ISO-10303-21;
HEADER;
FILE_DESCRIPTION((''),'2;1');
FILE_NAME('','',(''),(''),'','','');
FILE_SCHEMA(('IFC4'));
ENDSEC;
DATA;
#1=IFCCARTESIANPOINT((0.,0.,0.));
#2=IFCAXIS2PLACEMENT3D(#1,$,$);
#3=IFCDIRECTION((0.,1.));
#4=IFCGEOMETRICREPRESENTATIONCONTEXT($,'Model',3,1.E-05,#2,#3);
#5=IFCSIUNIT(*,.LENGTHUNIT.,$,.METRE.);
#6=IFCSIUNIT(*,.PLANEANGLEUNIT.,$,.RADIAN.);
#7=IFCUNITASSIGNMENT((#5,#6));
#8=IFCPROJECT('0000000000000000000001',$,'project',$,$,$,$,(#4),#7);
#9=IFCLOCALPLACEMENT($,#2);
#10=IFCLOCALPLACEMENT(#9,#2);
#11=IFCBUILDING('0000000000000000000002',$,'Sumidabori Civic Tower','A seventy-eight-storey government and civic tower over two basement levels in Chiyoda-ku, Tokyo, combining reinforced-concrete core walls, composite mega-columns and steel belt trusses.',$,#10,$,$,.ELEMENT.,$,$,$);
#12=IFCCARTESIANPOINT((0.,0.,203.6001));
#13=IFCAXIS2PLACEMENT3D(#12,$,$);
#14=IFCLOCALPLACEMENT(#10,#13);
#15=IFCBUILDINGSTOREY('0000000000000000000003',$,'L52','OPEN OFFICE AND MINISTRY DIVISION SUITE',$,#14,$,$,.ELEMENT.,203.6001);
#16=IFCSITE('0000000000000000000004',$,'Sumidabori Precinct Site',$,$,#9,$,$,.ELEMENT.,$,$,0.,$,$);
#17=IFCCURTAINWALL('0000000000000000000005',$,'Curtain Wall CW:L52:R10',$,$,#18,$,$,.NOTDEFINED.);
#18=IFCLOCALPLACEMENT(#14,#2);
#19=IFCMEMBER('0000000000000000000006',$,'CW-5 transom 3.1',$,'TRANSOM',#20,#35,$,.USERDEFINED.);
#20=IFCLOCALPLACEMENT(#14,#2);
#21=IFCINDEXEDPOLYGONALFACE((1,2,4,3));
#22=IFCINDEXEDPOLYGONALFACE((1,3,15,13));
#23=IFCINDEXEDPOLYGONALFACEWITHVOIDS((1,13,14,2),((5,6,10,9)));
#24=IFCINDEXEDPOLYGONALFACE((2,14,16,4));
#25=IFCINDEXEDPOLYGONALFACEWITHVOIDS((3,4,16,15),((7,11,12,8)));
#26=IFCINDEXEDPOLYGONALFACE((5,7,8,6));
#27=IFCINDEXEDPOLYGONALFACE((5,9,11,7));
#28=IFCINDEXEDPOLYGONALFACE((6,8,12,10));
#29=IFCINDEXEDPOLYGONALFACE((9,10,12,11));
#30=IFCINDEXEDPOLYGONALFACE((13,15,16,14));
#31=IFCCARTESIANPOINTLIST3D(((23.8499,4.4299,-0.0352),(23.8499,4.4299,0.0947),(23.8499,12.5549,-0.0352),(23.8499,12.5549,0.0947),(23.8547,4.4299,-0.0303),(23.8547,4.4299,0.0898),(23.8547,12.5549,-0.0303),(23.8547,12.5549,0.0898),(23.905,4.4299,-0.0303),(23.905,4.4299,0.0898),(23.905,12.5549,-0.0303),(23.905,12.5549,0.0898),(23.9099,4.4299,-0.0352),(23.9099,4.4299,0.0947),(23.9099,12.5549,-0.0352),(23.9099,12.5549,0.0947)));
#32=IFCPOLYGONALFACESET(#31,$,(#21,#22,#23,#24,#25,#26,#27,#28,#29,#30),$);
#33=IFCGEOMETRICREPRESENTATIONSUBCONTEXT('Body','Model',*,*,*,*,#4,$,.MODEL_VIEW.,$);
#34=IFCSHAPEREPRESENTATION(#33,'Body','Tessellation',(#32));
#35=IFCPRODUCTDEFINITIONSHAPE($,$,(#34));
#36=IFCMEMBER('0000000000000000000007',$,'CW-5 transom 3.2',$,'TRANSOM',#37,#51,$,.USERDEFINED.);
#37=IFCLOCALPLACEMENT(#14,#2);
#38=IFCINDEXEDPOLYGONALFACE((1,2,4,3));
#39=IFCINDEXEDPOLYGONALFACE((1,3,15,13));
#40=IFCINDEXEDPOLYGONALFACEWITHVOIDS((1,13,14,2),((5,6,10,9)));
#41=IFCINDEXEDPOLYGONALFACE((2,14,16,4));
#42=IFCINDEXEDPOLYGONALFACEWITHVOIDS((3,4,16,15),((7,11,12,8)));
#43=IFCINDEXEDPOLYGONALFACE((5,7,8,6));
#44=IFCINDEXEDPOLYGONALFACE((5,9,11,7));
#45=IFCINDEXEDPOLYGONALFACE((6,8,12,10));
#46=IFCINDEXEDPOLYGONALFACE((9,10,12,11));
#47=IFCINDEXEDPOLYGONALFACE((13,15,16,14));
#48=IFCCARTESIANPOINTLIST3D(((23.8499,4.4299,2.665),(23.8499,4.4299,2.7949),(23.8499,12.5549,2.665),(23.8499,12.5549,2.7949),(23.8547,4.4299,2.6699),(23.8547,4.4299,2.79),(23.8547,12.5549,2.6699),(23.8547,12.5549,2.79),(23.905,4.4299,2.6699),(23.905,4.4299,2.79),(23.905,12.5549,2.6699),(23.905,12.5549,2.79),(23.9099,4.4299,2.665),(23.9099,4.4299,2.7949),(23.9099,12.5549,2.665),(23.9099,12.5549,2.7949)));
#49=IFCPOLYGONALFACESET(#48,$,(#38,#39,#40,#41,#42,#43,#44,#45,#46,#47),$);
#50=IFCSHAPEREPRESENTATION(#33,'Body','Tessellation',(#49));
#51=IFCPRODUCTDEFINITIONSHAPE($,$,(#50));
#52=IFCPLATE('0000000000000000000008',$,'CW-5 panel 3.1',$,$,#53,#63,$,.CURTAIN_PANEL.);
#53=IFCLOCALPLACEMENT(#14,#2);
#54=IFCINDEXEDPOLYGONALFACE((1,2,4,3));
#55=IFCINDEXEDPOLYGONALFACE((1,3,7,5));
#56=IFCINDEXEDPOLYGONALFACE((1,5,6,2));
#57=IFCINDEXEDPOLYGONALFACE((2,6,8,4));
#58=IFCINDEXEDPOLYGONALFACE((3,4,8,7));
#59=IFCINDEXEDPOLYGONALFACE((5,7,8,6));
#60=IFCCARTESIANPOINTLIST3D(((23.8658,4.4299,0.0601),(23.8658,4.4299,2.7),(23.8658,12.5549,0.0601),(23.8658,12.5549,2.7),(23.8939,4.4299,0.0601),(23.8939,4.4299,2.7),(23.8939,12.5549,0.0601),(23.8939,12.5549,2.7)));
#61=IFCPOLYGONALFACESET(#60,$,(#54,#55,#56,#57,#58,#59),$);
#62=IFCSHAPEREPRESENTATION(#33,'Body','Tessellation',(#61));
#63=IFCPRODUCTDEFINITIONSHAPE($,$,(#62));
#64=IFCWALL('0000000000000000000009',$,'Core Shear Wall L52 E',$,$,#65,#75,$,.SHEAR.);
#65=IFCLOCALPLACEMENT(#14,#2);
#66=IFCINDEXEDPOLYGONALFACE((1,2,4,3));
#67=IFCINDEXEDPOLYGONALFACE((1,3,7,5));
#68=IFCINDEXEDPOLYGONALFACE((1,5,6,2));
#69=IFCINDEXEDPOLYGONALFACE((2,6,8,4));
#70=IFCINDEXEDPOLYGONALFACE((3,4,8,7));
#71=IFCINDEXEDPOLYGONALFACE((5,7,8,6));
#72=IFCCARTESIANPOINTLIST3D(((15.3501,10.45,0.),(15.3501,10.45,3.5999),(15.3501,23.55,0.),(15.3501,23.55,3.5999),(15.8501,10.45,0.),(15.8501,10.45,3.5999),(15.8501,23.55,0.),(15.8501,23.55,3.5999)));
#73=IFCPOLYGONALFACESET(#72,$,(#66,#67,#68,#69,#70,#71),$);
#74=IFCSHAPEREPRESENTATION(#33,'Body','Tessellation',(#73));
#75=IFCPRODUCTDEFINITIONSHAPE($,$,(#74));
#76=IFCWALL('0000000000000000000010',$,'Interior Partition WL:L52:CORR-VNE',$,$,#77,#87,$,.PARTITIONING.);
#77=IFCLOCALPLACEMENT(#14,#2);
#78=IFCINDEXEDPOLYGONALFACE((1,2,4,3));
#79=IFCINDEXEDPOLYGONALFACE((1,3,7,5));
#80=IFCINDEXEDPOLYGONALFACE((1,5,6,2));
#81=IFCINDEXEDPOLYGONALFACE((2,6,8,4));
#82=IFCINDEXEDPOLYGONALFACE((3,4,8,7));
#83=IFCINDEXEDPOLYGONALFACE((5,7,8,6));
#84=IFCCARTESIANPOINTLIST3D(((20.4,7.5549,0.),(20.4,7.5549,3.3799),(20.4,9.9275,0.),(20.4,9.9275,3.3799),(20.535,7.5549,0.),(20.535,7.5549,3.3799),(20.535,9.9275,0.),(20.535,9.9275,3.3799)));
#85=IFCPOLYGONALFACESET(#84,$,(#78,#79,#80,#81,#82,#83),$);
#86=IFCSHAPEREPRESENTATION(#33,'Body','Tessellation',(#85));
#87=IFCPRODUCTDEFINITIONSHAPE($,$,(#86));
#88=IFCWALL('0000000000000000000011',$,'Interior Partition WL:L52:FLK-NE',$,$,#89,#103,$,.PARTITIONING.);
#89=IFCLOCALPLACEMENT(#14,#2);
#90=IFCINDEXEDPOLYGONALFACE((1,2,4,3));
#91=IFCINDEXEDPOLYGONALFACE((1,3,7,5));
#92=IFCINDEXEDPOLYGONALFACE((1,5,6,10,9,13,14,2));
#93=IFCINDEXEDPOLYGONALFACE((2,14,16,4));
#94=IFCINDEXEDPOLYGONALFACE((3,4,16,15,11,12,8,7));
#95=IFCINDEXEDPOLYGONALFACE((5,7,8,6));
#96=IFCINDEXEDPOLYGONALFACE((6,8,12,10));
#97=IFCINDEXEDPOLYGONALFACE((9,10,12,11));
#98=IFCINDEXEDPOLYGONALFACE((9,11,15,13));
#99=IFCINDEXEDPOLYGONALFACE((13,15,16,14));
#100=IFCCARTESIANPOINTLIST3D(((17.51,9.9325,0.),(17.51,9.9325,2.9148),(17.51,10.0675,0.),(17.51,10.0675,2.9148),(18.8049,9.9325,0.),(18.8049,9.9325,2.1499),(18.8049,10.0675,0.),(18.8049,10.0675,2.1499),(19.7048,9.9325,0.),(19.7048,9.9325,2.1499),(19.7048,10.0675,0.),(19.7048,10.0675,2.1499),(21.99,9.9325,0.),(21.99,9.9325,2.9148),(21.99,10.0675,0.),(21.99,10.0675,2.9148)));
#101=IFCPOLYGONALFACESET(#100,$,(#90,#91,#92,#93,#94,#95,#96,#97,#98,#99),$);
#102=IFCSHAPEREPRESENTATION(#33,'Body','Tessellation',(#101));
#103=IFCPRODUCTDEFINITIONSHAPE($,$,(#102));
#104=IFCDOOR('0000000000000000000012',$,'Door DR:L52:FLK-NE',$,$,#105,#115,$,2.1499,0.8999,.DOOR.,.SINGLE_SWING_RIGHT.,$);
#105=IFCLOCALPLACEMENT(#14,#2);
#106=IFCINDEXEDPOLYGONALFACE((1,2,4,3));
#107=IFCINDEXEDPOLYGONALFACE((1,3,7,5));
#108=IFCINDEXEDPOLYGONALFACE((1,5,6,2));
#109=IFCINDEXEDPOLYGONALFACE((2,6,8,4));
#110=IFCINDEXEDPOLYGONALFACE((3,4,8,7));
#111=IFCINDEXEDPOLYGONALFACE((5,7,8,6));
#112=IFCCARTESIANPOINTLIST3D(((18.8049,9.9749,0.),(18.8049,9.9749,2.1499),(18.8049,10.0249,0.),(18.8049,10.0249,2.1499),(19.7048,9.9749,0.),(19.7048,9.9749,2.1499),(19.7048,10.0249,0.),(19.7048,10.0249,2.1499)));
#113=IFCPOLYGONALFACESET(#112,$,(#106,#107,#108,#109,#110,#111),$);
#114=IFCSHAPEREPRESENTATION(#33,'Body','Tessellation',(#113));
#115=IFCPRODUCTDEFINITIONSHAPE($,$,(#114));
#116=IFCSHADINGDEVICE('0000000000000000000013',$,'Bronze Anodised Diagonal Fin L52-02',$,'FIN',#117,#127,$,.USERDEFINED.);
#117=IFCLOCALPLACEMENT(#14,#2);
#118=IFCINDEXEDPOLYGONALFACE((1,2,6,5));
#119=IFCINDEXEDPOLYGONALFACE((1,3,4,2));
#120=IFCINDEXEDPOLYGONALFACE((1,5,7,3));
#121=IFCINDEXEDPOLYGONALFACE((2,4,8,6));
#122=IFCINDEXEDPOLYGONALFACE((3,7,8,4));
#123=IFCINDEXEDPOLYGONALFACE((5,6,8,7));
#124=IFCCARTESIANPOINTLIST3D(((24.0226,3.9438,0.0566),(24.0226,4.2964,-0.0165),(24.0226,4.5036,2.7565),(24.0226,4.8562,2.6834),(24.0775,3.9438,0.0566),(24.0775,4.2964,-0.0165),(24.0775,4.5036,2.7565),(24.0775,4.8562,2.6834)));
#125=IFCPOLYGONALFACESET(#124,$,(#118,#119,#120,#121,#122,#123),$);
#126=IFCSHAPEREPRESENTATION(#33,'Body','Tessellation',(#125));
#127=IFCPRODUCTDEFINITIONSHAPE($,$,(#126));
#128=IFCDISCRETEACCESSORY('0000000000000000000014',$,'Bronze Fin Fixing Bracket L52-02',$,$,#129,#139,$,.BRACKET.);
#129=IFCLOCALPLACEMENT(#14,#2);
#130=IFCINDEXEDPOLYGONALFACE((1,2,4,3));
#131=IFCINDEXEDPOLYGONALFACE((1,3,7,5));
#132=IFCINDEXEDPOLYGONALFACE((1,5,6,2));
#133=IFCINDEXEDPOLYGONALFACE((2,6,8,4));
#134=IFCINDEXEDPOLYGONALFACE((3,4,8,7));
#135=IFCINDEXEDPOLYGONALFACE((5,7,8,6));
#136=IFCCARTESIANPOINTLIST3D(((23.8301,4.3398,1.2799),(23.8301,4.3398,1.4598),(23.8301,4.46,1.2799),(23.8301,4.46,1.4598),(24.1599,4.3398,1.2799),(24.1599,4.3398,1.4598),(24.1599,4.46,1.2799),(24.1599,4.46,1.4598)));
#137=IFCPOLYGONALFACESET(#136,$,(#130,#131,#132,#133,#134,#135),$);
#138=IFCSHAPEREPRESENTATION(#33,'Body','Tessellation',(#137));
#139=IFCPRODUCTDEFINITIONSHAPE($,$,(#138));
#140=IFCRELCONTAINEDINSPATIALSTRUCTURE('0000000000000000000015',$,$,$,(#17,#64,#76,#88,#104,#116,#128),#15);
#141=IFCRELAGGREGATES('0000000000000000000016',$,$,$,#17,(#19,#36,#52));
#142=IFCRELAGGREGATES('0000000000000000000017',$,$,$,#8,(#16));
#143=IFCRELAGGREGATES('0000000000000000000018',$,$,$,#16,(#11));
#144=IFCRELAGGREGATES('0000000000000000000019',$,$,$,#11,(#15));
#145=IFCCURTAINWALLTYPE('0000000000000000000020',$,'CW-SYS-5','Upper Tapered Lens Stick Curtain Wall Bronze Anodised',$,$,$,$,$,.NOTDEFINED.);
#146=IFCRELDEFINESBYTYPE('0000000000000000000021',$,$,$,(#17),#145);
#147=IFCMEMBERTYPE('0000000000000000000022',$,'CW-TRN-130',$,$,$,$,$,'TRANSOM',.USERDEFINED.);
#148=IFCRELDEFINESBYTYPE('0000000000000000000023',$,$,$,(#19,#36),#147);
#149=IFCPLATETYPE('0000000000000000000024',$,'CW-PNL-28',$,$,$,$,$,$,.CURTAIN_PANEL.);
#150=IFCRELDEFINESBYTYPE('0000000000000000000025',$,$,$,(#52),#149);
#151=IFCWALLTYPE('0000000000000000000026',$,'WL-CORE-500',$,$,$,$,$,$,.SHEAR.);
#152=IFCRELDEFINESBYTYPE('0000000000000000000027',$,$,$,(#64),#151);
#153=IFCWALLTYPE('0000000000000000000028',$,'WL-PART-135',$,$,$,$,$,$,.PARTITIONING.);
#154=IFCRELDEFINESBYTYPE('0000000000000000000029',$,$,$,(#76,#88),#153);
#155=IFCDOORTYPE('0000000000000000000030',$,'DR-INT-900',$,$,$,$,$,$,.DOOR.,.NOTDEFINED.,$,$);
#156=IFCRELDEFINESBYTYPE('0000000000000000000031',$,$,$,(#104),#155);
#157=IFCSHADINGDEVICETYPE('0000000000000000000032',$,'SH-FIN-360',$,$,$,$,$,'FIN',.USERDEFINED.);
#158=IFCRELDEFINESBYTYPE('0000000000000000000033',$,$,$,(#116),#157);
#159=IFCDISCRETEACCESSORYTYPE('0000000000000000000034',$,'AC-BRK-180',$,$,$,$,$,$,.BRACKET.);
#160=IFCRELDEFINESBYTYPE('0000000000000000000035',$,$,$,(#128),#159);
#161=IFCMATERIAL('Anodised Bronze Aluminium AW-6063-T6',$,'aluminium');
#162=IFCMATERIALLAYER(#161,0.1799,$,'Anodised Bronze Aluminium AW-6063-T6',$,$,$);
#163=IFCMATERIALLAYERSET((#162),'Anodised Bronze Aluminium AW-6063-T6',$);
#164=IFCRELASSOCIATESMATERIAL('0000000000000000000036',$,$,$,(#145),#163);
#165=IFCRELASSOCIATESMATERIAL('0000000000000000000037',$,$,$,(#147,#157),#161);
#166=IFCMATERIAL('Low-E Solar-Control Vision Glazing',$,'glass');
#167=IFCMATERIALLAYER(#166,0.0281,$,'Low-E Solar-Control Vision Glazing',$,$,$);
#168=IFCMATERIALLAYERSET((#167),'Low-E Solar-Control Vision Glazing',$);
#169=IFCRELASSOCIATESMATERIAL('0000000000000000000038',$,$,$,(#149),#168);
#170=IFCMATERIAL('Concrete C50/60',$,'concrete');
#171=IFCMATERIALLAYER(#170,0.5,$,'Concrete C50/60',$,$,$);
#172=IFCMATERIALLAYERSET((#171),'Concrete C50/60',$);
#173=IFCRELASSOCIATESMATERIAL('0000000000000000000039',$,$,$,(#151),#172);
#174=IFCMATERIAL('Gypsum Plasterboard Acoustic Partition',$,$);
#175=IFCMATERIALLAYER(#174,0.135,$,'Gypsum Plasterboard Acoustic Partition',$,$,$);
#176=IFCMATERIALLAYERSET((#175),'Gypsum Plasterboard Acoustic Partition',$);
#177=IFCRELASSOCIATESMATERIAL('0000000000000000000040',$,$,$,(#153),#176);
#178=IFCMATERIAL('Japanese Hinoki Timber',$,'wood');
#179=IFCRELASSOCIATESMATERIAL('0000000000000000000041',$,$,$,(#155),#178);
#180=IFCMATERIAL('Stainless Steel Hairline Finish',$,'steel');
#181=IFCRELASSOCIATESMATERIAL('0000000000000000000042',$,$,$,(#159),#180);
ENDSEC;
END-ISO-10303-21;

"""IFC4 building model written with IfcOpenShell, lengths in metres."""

from ifc_helpers import new_model, si_unit, direction, frame, frame_2d, origin, origin_2d, place, context, subcontext, project, spatial, rectangle, hollow_rectangle, extrude, source, transform, mapped, material, layer, layer_set, material_profile, profile_set, type_object, element, fill, aggregate, save


model = new_model("IFC4")

# Units and contexts
model_context = context("Model", 3, precision=1e-05, world=origin(), true_north=direction((0.0, 1.0)))
body_context = subcontext(model_context, "Body", "Model", "MODEL_VIEW")
ifc_project = project(units=[si_unit("LENGTHUNIT", "METRE"), si_unit("PLANEANGLEUNIT", "RADIAN")], contexts=[model_context])

# Site, building, storey
site_placement = place(None, origin())
site = spatial("IfcSite", under=ifc_project, at=site_placement, Name="Sumidabori Precinct Site", CompositionType="ELEMENT", RefElevation=0.0)
building_placement = place(site_placement, origin())
building = spatial("IfcBuilding", under=site, at=building_placement, Name="Sumidabori Civic Tower", Description="A seventy-eight-storey government and civic tower over two basement levels in Chiyoda-ku, Tokyo, combining reinforced-concrete core walls, composite mega-columns and steel belt trusses.", CompositionType="ELEMENT")
storey_placement = place(building_placement, frame((0.0, 0.0, 203.6001)))
storey = spatial("IfcBuildingStorey", under=building, at=storey_placement, Name="L52", Description="OPEN OFFICE AND MINISTRY DIVISION SUITE", CompositionType="ELEMENT", Elevation=203.6001)

# Curtain wall, members, plate
ifc_material_1 = material(Name="Anodised Bronze Aluminium AW-6063-T6", Category="aluminium")
ifc_layer_1 = layer(ifc_material_1, 0.1799, Name="Anodised Bronze Aluminium AW-6063-T6")
ifc_layer_set_1 = layer_set([ifc_layer_1], Name="Anodised Bronze Aluminium AW-6063-T6")
curtain_wall_type = type_object("IfcCurtainWallType", Name="CW-SYS-5", Description="Upper Tapered Lens Stick Curtain Wall Bronze Anodised", PredefinedType="NOTDEFINED", material=ifc_layer_set_1)
curtain_wall_placement = place(storey_placement, origin())
curtain_wall = element("IfcCurtainWall", 1, at=curtain_wall_placement, inside=storey, type_object=curtain_wall_type, Name="Curtain Wall CW:L52:R10", PredefinedType="NOTDEFINED")
ifc_material_profile_1 = material_profile(ifc_material_1, hollow_rectangle(XDim=0.0601, YDim=0.1299, WallThickness=0.0049, at=origin_2d()), Name="ALU TRANSOM 130x60")
ifc_profile_set_1 = profile_set([ifc_material_profile_1], Name="Anodised Bronze Aluminium AW-6063-T6")
member_type_1 = type_object("IfcMemberType", Name="CW-TRN-130", ElementType="TRANSOM", PredefinedType="USERDEFINED", material=ifc_profile_set_1)
shared_shape_1 = source(origin(), body_context, "Body", "SweptSolid", [
    extrude(hollow_rectangle(XDim=0.0601, YDim=0.1299, WallThickness=0.0049, at=origin_2d()), origin(), (0.0, 0.0, 1.0), 8.125),
])
member_1_placement = place(storey_placement, frame((23.8799, 4.4299, 0.0298), z_axis=(0.0, 1.0, 0.0), x_axis=(-1.0, 0.0, 0.0)))
member_1 = element("IfcMember", 2, at=member_1_placement, type_object=member_type_1, Name="CW-5 transom 3.1", ObjectType="TRANSOM", PredefinedType="USERDEFINED", context=body_context, shape_type="MappedRepresentation", body=[
    mapped(shared_shape_1, transform((0.0, 0.0, 0.0), x_axis=(1.0, 0.0, 0.0), y_axis=(0.0, 1.0, 0.0), z_axis=(0.0, 0.0, 1.0), scale=1.0)),
])
member_2_placement = place(storey_placement, frame((23.8799, 4.4299, 2.73), z_axis=(0.0, 1.0, 0.0), x_axis=(-1.0, 0.0, 0.0)))
member_2 = element("IfcMember", 3, at=member_2_placement, type_object=member_type_1, Name="CW-5 transom 3.2", ObjectType="TRANSOM", PredefinedType="USERDEFINED", context=body_context, shape_type="MappedRepresentation", body=[
    mapped(shared_shape_1, transform((0.0, 0.0, 0.0), x_axis=(1.0, 0.0, 0.0), y_axis=(0.0, 1.0, 0.0), z_axis=(0.0, 0.0, 1.0), scale=1.0)),
])
ifc_material_2 = material(Name="Low-E Solar-Control Vision Glazing", Category="glass")
ifc_layer_2 = layer(ifc_material_2, 0.0281, Name="Low-E Solar-Control Vision Glazing")
ifc_layer_set_2 = layer_set([ifc_layer_2], Name="Low-E Solar-Control Vision Glazing")
plate_type = type_object("IfcPlateType", Name="CW-PNL-28", PredefinedType="CURTAIN_PANEL", material=ifc_layer_set_2)
shared_shape_2 = source(origin(), body_context, "Body", "SweptSolid", [
    extrude(rectangle(XDim=8.125, YDim=0.0281, at=origin_2d()), origin(), (0.0, 0.0, 1.0), 2.6399),
])
plate_placement = place(storey_placement, frame((23.8799, 8.4924, 0.0601), z_axis=(0.0, 0.0, 1.0), x_axis=(0.0, 1.0, 0.0)))
plate = element("IfcPlate", 4, at=plate_placement, type_object=plate_type, Name="CW-5 panel 3.1", PredefinedType="CURTAIN_PANEL", context=body_context, shape_type="MappedRepresentation", body=[
    mapped(shared_shape_2, transform((0.0, 0.0, 0.0), x_axis=(1.0, 0.0, 0.0), y_axis=(0.0, 1.0, 0.0), z_axis=(0.0, 0.0, 1.0), scale=1.0)),
])
aggregate(curtain_wall, [member_1, member_2, plate])

# Wall
ifc_material_3 = material(Name="Concrete C50/60", Category="concrete")
ifc_layer_3 = layer(ifc_material_3, 0.5, Name="Concrete C50/60")
ifc_layer_set_3 = layer_set([ifc_layer_3], Name="Concrete C50/60")
wall_type_1 = type_object("IfcWallType", Name="WL-CORE-500", PredefinedType="SHEAR", material=ifc_layer_set_3)
shared_shape_3 = source(origin(), body_context, "Body", "SweptSolid", [
    extrude(rectangle(XDim=13.1001, YDim=0.5, at=frame_2d((6.55, 0.0))), origin(), (0.0, 0.0, 1.0), 3.5999),
])
wall_1_placement = place(storey_placement, frame((15.6001, 10.45, 0.0), z_axis=(0.0, 0.0, 1.0), x_axis=(0.0, 1.0, 0.0)))
element("IfcWall", 5, at=wall_1_placement, inside=storey, type_object=wall_type_1, Name="Core Shear Wall L52 E", PredefinedType="SHEAR", context=body_context, shape_type="MappedRepresentation", body=[
    mapped(shared_shape_3, transform((0.0, 0.0, 0.0), x_axis=(1.0, 0.0, 0.0), y_axis=(0.0, 1.0, 0.0), z_axis=(0.0, 0.0, 1.0), scale=1.0)),
])

# Shared definitions
ifc_material_4 = material(Name="Gypsum Plasterboard Acoustic Partition")
ifc_layer_4 = layer(ifc_material_4, 0.135, Name="Gypsum Plasterboard Acoustic Partition")
ifc_layer_set_4 = layer_set([ifc_layer_4], Name="Gypsum Plasterboard Acoustic Partition")
wall_type_2 = type_object("IfcWallType", Name="WL-PART-135", PredefinedType="PARTITIONING", material=ifc_layer_set_4)
ifc_material_5 = material(Name="Japanese Hinoki Timber", Category="wood")
door_type = type_object("IfcDoorType", Name="DR-INT-900", OperationType="NOTDEFINED", PredefinedType="DOOR", material=ifc_material_5)
shared_shape_4 = source(origin(), body_context, "Body", "SweptSolid", [
    extrude(rectangle(XDim=0.8999, YDim=2.1499, at=frame_2d((0.45, 1.075))), frame((0.0, 0.0249, 0.0), z_axis=(0.0, -1.0, 0.0), x_axis=(1.0, 0.0, 0.0)), (0.0, 0.0, 1.0), 0.05),
])

# Wall
shared_shape_5 = source(origin(), body_context, "Body", "SweptSolid", [
    extrude(rectangle(XDim=2.3726, YDim=0.135, at=frame_2d((1.1863, 0.0))), origin(), (0.0, 0.0, 1.0), 3.3799),
])
wall_2_placement = place(storey_placement, frame((20.4675, 7.5549, 0.0), z_axis=(0.0, 0.0, 1.0), x_axis=(0.0, 1.0, 0.0)))
element("IfcWall", 6, at=wall_2_placement, inside=storey, type_object=wall_type_2, Name="Interior Partition WL:L52:CORR-VNE", PredefinedType="PARTITIONING", context=body_context, shape_type="MappedRepresentation", body=[
    mapped(shared_shape_5, transform((0.0, 0.0, 0.0), x_axis=(1.0, 0.0, 0.0), y_axis=(0.0, 1.0, 0.0), z_axis=(0.0, 0.0, 1.0), scale=1.0)),
])

# Wall, opening, door
shared_shape_6 = source(origin(), body_context, "Body", "SweptSolid", [
    extrude(rectangle(XDim=4.48, YDim=0.135, at=frame_2d((2.24, 0.0))), origin(), (0.0, 0.0, 1.0), 2.9148),
])
wall_3_placement = place(storey_placement, frame((17.51, 10.0, 0.0), z_axis=(0.0, 0.0, 1.0), x_axis=(1.0, 0.0, 0.0)))
wall_3 = element("IfcWall", 7, at=wall_3_placement, inside=storey, type_object=wall_type_2, Name="Interior Partition WL:L52:FLK-NE", PredefinedType="PARTITIONING", context=body_context, shape_type="MappedRepresentation", body=[
    mapped(shared_shape_6, transform((0.0, 0.0, 0.0), x_axis=(1.0, 0.0, 0.0), y_axis=(0.0, 1.0, 0.0), z_axis=(0.0, 0.0, 1.0), scale=1.0)),
])
opening_1_placement = place(wall_3_placement, frame((1.2949, 0.0, 0.0)))
opening_1 = element("IfcOpeningElement", 8, at=opening_1_placement, cuts=wall_3, PredefinedType="OPENING", context=body_context, shape_type="SweptSolid", body=[
    extrude(rectangle(XDim=0.8999, YDim=2.1499, at=frame_2d((0.45, 1.075))), frame((0.0, 0.0796, 0.0), z_axis=(0.0, -1.0, 0.0), x_axis=(1.0, 0.0, 0.0)), (0.0, 0.0, 1.0), 0.1589),
])
door_1_placement = place(opening_1_placement, origin())
door_1 = element("IfcDoor", 9, at=door_1_placement, inside=storey, type_object=door_type, Name="Door DR:L52:FLK-NE", OperationType="SINGLE_SWING_RIGHT", OverallHeight=2.1499, OverallWidth=0.8999, PredefinedType="DOOR", context=body_context, shape_type="MappedRepresentation", body=[
    mapped(shared_shape_4, transform((0.0, 0.0, 0.0), x_axis=(1.0, 0.0, 0.0), y_axis=(0.0, 1.0, 0.0), z_axis=(0.0, 0.0, 1.0), scale=1.0)),
])
fill(opening_1, door_1)

# Shading device
ifc_material_profile_2 = material_profile(ifc_material_1, rectangle(XDim=0.0549, YDim=0.3601, at=origin_2d()), Name="BRONZE FIN 360x55")
ifc_profile_set_2 = profile_set([ifc_material_profile_2], Name="Anodised Bronze Aluminium AW-6063-T6")
shading_device_type = type_object("IfcShadingDeviceType", Name="SH-FIN-360", ElementType="FIN", PredefinedType="USERDEFINED", material=ifc_profile_set_2)
shared_shape_7 = source(origin(), body_context, "Body", "SweptSolid", [
    extrude(rectangle(XDim=0.0549, YDim=0.3601, at=origin_2d()), origin(), (0.0, 0.0, 1.0), 2.7573),
])
shading_device_placement = place(storey_placement, frame((24.05, 4.1201, 0.02), z_axis=(0.0, 0.203024, 0.979174), x_axis=(-1.0, 0.0, 0.0)))
element("IfcShadingDevice", 10, at=shading_device_placement, inside=storey, type_object=shading_device_type, Name="Bronze Anodised Diagonal Fin L52-02", ObjectType="FIN", PredefinedType="USERDEFINED", context=body_context, shape_type="MappedRepresentation", body=[
    mapped(shared_shape_7, transform((0.0, 0.0, 0.0), x_axis=(1.0, 0.0, 0.0), y_axis=(0.0, 1.0, 0.0), z_axis=(0.0, 0.0, 1.0), scale=1.0)),
])

# Discrete accessory
ifc_material_6 = material(Name="Stainless Steel Hairline Finish", Category="steel")
ifc_material_profile_3 = material_profile(ifc_material_6, rectangle(XDim=0.1201, YDim=0.1799, at=origin_2d()), Name="STEEL BRACKET 180x120")
ifc_profile_set_3 = profile_set([ifc_material_profile_3], Name="Stainless Steel Hairline Finish")
discrete_accessory_type = type_object("IfcDiscreteAccessoryType", Name="AC-BRK-180", PredefinedType="BRACKET", material=ifc_profile_set_3)
shared_shape_8 = source(origin(), body_context, "Body", "SweptSolid", [
    extrude(rectangle(XDim=0.1201, YDim=0.1799, at=origin_2d()), origin(), (0.0, 0.0, 1.0), 0.3298),
])
discrete_accessory_placement = place(storey_placement, frame((23.8301, 4.3999, 1.3699), z_axis=(1.0, 0.0, 0.0), x_axis=(0.0, 1.0, 0.0)))
element("IfcDiscreteAccessory", 11, at=discrete_accessory_placement, inside=storey, type_object=discrete_accessory_type, Name="Bronze Fin Fixing Bracket L52-02", PredefinedType="BRACKET", context=body_context, shape_type="MappedRepresentation", body=[
    mapped(shared_shape_8, transform((0.0, 0.0, 0.0), x_axis=(1.0, 0.0, 0.0), y_axis=(0.0, 1.0, 0.0), z_axis=(0.0, 0.0, 1.0), scale=1.0)),
])

save(model, "model.ifc")
